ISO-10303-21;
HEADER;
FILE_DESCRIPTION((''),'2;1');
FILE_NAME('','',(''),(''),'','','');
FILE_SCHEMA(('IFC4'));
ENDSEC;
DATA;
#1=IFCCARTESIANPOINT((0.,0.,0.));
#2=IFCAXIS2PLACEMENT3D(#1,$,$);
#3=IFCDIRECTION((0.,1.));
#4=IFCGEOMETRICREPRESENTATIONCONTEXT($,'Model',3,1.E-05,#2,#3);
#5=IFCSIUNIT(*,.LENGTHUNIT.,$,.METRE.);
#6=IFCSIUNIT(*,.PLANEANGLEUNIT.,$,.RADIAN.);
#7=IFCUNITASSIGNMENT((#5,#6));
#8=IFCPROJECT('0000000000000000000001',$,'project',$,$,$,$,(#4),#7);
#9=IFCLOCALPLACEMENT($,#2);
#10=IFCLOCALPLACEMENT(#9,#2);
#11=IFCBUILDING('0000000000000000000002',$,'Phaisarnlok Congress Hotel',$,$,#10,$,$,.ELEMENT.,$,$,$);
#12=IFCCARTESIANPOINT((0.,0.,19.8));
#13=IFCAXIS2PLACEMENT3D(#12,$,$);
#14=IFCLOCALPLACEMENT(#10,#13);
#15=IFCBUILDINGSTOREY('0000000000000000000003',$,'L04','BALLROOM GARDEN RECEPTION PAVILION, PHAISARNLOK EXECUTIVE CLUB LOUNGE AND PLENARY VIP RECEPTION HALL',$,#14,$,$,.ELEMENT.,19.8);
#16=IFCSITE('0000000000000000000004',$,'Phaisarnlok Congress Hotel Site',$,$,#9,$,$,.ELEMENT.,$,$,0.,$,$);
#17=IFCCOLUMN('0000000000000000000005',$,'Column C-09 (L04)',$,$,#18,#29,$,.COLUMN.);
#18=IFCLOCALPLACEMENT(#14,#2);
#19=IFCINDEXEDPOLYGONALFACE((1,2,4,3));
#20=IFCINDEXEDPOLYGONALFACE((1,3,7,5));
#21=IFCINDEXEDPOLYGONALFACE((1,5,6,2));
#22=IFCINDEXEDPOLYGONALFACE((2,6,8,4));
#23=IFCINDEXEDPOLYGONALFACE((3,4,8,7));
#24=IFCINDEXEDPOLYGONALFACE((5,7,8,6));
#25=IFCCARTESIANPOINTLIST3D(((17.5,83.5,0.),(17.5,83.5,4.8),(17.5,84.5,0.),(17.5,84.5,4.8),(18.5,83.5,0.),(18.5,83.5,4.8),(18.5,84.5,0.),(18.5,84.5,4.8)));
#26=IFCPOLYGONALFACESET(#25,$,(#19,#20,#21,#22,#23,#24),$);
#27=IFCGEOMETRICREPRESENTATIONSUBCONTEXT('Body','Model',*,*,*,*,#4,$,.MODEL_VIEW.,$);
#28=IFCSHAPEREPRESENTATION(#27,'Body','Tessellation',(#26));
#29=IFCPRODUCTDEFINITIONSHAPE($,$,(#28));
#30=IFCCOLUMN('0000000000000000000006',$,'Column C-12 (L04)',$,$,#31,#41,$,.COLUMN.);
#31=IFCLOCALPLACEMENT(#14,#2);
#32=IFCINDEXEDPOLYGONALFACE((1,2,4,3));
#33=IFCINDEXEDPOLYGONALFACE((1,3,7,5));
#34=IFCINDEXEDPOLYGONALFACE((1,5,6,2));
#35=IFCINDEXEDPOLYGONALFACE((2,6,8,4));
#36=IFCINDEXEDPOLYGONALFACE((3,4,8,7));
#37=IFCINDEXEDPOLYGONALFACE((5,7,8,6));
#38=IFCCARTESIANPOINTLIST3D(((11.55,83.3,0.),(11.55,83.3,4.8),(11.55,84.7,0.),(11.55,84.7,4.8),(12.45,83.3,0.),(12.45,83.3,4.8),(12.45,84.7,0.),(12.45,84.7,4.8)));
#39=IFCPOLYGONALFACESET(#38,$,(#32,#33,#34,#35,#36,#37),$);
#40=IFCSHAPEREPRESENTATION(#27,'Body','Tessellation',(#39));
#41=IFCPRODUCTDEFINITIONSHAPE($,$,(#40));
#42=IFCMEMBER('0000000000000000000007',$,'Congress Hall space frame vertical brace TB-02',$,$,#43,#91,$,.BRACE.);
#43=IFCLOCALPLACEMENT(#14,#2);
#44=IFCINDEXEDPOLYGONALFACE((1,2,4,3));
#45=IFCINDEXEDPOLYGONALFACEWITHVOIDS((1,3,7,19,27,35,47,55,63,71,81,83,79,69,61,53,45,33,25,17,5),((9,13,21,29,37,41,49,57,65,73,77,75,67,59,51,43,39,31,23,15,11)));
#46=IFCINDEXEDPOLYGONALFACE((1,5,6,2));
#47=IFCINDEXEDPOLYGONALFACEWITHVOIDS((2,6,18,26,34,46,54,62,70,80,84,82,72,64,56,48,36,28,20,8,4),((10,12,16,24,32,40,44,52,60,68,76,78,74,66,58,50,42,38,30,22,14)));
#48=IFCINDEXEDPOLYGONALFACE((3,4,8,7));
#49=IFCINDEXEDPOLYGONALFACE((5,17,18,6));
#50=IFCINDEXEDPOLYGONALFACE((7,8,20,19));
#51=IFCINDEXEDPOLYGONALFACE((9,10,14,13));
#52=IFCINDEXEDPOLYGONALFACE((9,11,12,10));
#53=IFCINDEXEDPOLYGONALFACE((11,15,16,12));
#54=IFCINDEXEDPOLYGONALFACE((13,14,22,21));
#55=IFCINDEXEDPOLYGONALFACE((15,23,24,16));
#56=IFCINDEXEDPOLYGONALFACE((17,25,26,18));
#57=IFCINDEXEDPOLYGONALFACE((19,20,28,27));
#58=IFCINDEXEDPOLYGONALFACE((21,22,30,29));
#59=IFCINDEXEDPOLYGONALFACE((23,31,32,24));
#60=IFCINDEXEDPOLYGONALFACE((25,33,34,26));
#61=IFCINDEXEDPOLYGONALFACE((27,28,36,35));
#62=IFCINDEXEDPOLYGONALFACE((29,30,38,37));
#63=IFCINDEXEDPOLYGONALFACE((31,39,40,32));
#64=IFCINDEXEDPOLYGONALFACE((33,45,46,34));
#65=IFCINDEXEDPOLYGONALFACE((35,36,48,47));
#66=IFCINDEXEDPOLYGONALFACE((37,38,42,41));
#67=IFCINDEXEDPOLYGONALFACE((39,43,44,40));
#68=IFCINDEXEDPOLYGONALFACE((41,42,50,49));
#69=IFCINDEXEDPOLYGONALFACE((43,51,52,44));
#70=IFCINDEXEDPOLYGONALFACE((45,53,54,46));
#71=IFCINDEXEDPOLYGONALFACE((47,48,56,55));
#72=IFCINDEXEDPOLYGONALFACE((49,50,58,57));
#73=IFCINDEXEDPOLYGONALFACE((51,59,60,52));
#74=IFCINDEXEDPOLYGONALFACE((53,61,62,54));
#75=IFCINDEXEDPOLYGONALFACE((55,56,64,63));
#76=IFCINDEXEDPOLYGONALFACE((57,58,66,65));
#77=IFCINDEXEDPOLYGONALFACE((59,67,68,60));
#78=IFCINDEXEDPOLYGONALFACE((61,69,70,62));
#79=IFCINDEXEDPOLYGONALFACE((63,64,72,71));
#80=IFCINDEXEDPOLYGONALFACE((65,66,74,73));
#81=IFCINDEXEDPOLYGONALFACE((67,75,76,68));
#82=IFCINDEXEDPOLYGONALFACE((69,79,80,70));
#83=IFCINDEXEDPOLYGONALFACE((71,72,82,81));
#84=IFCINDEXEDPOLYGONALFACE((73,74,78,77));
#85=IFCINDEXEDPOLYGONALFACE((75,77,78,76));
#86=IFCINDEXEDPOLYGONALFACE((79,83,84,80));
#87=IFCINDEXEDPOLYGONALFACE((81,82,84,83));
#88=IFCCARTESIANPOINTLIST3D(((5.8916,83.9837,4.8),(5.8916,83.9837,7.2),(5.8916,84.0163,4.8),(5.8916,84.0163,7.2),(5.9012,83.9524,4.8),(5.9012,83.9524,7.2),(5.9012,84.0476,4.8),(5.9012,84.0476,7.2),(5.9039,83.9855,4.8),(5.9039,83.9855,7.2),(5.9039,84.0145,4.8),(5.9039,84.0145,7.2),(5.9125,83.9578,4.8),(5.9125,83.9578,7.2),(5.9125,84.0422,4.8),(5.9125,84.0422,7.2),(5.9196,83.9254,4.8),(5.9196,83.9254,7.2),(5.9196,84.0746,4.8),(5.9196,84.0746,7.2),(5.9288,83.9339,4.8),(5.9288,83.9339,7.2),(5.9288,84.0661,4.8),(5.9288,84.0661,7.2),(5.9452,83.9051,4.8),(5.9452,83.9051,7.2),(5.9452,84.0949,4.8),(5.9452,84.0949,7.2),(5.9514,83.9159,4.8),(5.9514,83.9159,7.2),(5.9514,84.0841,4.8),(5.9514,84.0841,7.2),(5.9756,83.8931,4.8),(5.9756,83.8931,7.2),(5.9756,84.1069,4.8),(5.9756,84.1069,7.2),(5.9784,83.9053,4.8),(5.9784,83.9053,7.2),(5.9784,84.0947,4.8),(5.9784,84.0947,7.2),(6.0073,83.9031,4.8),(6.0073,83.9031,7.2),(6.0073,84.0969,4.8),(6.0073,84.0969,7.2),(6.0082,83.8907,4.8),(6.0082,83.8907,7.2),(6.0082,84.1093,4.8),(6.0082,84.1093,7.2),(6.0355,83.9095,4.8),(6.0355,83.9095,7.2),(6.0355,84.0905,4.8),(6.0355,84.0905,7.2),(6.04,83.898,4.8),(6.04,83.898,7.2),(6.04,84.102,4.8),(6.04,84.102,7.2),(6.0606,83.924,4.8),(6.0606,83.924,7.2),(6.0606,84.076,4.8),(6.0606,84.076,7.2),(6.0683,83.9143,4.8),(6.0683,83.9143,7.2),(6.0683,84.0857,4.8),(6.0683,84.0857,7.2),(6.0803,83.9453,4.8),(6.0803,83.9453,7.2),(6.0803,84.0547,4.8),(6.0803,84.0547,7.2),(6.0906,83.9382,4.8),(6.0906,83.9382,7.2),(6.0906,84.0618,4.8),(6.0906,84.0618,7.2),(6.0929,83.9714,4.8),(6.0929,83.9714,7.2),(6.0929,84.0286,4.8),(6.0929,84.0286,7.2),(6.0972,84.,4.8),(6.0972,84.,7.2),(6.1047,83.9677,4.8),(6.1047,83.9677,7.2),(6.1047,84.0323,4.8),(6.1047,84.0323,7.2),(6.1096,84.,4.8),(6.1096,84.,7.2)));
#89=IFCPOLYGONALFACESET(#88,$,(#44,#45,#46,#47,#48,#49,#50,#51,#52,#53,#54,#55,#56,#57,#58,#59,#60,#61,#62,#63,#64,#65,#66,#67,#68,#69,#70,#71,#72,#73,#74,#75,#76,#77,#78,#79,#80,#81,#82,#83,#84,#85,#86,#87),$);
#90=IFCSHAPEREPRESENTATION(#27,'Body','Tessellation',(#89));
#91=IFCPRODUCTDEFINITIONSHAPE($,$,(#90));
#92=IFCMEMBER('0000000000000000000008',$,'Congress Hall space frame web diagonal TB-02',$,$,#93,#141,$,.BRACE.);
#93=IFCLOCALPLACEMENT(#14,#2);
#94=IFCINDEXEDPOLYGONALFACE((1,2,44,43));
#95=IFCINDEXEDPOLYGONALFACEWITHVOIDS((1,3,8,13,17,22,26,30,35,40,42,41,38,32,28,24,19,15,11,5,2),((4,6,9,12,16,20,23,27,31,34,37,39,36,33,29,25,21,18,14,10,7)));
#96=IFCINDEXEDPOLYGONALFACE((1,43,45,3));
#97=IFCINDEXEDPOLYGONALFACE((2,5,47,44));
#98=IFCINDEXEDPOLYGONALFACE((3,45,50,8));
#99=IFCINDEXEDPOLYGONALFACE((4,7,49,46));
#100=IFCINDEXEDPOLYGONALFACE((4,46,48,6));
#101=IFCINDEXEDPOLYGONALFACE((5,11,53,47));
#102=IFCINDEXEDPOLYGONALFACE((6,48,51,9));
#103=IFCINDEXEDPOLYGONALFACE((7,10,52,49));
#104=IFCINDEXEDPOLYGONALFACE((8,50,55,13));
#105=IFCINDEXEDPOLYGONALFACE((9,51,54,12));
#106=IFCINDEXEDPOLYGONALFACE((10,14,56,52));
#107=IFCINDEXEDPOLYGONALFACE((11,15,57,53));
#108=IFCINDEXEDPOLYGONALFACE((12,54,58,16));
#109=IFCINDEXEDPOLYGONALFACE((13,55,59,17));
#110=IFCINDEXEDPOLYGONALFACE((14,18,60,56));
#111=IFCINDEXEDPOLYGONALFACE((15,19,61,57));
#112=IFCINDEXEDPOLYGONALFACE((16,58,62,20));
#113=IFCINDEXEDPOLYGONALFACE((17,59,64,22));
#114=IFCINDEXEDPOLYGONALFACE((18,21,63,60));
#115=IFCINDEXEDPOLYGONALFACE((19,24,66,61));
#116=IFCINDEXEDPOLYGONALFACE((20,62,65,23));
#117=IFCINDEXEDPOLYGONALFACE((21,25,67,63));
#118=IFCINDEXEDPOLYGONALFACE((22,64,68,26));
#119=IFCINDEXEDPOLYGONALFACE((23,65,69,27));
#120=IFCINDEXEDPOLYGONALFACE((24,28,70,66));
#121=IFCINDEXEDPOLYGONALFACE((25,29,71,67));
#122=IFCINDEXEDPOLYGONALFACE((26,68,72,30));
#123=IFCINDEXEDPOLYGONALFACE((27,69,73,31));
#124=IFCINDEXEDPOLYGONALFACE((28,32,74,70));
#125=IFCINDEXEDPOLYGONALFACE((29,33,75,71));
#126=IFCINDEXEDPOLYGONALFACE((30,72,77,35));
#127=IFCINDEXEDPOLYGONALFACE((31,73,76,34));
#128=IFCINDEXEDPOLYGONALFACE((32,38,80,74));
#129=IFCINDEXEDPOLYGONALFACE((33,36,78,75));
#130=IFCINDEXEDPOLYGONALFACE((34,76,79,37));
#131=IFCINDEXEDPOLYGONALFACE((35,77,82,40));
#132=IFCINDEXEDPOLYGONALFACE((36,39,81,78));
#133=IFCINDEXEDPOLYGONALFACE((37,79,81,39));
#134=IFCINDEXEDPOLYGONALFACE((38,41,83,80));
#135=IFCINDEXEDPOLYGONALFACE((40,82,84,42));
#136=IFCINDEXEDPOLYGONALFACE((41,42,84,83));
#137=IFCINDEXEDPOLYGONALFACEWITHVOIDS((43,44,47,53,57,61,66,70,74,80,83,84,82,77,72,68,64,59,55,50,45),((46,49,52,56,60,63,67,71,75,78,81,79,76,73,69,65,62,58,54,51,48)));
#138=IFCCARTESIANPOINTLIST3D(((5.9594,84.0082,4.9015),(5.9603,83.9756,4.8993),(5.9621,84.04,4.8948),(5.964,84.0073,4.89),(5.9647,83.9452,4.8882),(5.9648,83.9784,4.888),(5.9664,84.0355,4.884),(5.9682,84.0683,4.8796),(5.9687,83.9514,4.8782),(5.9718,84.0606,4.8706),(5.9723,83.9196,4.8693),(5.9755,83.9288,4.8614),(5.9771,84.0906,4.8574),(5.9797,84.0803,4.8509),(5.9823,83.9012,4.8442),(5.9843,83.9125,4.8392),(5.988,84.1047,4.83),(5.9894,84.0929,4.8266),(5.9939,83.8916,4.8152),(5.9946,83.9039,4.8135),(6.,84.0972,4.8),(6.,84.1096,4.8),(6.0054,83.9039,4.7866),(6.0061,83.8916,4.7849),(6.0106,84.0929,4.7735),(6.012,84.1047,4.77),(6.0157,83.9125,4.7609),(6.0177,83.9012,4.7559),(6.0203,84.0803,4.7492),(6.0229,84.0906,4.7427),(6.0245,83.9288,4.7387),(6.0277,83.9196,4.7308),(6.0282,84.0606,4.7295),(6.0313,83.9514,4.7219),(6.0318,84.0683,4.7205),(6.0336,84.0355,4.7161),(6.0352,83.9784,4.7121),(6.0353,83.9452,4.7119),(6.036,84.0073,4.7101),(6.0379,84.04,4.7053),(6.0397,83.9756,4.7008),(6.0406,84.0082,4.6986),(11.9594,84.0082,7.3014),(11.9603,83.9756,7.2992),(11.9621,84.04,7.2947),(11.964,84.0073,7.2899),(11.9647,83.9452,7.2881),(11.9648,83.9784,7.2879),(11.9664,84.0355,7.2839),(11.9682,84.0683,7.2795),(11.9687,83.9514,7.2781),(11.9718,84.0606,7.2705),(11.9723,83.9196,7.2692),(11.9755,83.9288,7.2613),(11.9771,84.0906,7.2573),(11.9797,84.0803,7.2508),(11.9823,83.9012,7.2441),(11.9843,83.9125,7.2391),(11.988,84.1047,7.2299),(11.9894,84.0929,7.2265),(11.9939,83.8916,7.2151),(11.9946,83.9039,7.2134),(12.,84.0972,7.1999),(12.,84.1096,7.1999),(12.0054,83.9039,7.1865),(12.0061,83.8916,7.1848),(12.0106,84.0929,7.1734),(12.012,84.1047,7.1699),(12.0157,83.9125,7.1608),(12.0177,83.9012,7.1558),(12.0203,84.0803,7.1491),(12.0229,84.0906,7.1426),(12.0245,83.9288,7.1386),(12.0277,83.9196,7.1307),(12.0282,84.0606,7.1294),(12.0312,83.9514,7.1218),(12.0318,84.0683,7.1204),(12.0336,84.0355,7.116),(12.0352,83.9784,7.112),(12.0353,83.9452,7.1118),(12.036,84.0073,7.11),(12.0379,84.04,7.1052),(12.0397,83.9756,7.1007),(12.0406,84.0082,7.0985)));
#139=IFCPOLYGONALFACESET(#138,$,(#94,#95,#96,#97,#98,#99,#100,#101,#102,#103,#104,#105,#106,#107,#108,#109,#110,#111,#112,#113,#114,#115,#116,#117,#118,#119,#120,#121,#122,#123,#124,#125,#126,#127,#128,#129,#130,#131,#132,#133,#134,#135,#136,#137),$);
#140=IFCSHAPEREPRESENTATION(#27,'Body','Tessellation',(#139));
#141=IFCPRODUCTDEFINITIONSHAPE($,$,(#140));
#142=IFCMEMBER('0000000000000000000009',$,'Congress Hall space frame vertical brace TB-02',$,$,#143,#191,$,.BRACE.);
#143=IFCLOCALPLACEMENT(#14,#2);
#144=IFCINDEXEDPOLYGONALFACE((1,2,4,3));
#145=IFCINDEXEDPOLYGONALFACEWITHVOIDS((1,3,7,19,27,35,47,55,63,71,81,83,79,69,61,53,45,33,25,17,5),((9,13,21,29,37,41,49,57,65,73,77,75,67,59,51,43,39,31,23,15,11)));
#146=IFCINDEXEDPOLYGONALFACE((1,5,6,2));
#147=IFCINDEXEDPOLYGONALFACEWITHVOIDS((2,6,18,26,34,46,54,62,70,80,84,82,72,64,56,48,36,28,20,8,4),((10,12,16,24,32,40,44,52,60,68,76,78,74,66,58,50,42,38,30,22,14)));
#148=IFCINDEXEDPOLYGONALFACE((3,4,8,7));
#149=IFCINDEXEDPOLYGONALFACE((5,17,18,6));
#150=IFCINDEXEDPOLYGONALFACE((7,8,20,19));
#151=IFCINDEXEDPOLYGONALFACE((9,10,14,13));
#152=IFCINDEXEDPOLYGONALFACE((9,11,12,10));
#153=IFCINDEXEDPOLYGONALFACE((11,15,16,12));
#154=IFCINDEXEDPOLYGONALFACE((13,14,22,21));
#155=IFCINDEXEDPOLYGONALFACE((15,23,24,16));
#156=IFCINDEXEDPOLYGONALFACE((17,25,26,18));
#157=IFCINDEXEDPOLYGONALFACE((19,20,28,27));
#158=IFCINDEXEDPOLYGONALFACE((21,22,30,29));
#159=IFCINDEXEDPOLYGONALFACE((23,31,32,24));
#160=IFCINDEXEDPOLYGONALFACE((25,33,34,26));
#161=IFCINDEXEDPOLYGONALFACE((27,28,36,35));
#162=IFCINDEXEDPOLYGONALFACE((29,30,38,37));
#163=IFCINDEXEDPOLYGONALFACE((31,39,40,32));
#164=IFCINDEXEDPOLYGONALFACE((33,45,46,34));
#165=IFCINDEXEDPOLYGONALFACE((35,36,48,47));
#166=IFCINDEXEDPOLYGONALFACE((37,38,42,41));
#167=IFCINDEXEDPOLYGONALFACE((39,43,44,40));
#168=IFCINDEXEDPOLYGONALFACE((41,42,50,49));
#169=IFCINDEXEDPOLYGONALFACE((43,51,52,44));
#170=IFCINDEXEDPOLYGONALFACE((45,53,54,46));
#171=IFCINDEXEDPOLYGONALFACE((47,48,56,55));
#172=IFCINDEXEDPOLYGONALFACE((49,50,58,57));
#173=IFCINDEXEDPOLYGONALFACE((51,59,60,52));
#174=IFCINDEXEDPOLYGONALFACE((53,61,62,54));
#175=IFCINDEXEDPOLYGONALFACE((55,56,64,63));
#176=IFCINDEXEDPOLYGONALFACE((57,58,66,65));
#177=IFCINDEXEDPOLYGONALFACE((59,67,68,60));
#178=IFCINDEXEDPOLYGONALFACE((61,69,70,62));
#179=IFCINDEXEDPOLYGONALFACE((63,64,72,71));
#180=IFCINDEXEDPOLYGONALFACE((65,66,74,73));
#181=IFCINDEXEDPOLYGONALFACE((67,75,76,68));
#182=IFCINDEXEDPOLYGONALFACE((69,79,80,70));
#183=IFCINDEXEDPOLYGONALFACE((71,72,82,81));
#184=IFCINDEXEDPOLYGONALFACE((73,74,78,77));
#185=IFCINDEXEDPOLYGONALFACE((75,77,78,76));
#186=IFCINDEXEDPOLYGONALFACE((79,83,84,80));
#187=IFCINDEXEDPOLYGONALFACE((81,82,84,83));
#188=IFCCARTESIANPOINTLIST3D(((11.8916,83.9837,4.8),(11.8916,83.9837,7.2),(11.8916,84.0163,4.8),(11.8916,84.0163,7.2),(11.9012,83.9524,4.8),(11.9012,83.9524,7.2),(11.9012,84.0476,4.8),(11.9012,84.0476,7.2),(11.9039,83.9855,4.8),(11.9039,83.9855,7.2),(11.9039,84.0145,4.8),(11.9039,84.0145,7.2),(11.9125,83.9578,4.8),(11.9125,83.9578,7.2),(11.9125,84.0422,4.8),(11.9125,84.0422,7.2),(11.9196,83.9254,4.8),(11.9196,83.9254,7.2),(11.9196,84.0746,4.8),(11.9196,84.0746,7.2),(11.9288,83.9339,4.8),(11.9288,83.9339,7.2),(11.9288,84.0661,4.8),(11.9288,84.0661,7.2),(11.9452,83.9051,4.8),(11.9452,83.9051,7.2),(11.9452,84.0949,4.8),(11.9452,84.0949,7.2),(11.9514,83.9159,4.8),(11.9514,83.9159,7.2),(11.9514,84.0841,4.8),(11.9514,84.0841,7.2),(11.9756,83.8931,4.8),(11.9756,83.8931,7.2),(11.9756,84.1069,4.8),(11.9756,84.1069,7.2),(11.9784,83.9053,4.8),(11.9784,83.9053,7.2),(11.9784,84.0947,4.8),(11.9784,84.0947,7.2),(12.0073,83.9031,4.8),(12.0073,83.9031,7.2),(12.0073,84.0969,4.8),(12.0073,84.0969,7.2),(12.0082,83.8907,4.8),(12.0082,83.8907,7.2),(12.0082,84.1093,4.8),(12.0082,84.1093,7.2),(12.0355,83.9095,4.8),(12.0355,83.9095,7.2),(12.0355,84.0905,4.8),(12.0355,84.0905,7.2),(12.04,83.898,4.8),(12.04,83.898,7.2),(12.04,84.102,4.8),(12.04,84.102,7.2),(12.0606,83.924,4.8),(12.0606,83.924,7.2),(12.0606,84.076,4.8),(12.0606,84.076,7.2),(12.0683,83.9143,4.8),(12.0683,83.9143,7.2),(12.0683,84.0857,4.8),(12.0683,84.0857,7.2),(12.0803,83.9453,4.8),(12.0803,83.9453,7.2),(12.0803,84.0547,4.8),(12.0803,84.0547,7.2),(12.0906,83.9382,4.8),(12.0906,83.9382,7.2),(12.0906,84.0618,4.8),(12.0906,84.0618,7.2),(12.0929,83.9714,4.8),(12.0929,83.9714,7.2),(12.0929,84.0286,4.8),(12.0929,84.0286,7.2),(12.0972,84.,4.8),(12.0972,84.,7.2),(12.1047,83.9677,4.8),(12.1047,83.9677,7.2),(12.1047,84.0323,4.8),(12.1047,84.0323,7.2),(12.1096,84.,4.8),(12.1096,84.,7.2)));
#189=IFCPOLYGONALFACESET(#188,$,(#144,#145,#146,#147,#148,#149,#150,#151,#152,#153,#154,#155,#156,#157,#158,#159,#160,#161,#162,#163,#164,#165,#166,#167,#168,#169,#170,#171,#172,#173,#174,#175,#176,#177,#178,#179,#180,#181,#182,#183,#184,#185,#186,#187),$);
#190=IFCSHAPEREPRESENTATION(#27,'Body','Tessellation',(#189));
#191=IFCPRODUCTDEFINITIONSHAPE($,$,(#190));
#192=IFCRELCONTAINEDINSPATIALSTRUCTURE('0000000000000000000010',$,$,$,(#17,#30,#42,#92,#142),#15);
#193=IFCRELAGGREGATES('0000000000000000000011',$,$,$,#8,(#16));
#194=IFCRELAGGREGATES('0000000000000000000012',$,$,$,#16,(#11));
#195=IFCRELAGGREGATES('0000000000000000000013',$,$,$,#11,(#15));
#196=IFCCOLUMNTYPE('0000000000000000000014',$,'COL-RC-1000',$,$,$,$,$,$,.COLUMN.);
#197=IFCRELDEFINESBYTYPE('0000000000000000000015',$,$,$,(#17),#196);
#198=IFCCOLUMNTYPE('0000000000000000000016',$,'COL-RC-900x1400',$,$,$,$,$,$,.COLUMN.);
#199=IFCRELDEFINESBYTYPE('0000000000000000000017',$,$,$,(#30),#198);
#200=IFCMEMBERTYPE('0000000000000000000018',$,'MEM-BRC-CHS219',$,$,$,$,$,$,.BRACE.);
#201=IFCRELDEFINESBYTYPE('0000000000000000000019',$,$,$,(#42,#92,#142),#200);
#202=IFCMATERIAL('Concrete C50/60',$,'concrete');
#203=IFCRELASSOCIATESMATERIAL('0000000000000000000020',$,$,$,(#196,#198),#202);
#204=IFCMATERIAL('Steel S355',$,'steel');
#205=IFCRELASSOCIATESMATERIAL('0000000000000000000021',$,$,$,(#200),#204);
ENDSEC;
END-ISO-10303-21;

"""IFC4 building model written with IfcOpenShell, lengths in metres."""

from ifc_helpers import new_model, si_unit, direction, frame, origin, origin_2d, place, context, subcontext, project, spatial, rectangle, hollow_circle, extrude, material, material_profile, profile_set, type_object, element, save


model = new_model("IFC4")

# Units and contexts
model_context = context("Model", 3, precision=1e-05, world=origin(), true_north=direction((0.0, 1.0)))
body_context = subcontext(model_context, "Body", "Model", "MODEL_VIEW")
ifc_project = project(units=[si_unit("LENGTHUNIT", "METRE"), si_unit("PLANEANGLEUNIT", "RADIAN")], contexts=[model_context])

# Site, building, storey
site_placement = place(None, origin())
site = spatial("IfcSite", under=ifc_project, at=site_placement, Name="Phaisarnlok Congress Hotel Site", CompositionType="ELEMENT", RefElevation=0.0)
building_placement = place(site_placement, origin())
building = spatial("IfcBuilding", under=site, at=building_placement, Name="Phaisarnlok Congress Hotel", CompositionType="ELEMENT")
storey_placement = place(building_placement, frame((0.0, 0.0, 19.8)))
storey = spatial("IfcBuildingStorey", under=building, at=storey_placement, Name="L04", Description="BALLROOM GARDEN RECEPTION PAVILION, PHAISARNLOK EXECUTIVE CLUB LOUNGE AND PLENARY VIP RECEPTION HALL", CompositionType="ELEMENT", Elevation=19.8)

# Columns
ifc_material_1 = material(Name="Concrete C50/60", Category="concrete")
ifc_material_profile_1 = material_profile(ifc_material_1, rectangle(XDim=1.0, YDim=1.0, at=origin_2d()), Name="RC 1000x1000")
ifc_profile_set_1 = profile_set([ifc_material_profile_1], Name="Concrete C50/60")
column_type_1 = type_object("IfcColumnType", Name="COL-RC-1000", PredefinedType="COLUMN", material=ifc_profile_set_1)
column_1_placement = place(storey_placement, frame((18.0, 84.0, 0.0), z_axis=(0.0, 0.0, 1.0), x_axis=(1.0, 0.0, 0.0)))
element("IfcColumn", 1, at=column_1_placement, inside=storey, type_object=column_type_1, Name="Column C-09 (L04)", PredefinedType="COLUMN", context=body_context, shape_type="SweptSolid", body=[
    extrude(rectangle(XDim=1.0, YDim=1.0, at=origin_2d()), origin(), (0.0, 0.0, 1.0), 4.8),
])
ifc_material_profile_2 = material_profile(ifc_material_1, rectangle(XDim=0.8999, YDim=1.3999, at=origin_2d()), Name="RC 900x1400")
ifc_profile_set_2 = profile_set([ifc_material_profile_2], Name="Concrete C50/60")
column_type_2 = type_object("IfcColumnType", Name="COL-RC-900x1400", PredefinedType="COLUMN", material=ifc_profile_set_2)
column_2_placement = place(storey_placement, frame((12.0, 84.0, 0.0), z_axis=(0.0, 0.0, 1.0), x_axis=(1.0, 0.0, 0.0)))
element("IfcColumn", 2, at=column_2_placement, inside=storey, type_object=column_type_2, Name="Column C-12 (L04)", PredefinedType="COLUMN", context=body_context, shape_type="SweptSolid", body=[
    extrude(rectangle(XDim=0.8999, YDim=1.3999, at=origin_2d()), origin(), (0.0, 0.0, 1.0), 4.8),
])

# Members
ifc_material_2 = material(Name="Steel S355", Category="steel")
ifc_material_profile_3 = material_profile(ifc_material_2, hollow_circle(Radius=0.1096, WallThickness=0.0125, at=origin_2d()), Name="CHS 219.1x12.5")
ifc_profile_set_3 = profile_set([ifc_material_profile_3], Name="Steel S355")
member_type_1 = type_object("IfcMemberType", Name="MEM-BRC-CHS219", PredefinedType="BRACE", material=ifc_profile_set_3)
member_1_placement = place(storey_placement, frame((6.0, 84.0, 4.8), z_axis=(0.0, 0.0, 1.0), x_axis=(1.0, 0.0, 0.0)))
element("IfcMember", 3, at=member_1_placement, inside=storey, type_object=member_type_1, Name="Congress Hall space frame vertical brace TB-02", PredefinedType="BRACE", context=body_context, shape_type="SweptSolid", body=[
    extrude(hollow_circle(Radius=0.1096, WallThickness=0.0125, at=origin_2d()), origin(), (0.0, 0.0, 1.0), 2.3999),
])
member_2_placement = place(storey_placement, frame((6.0, 84.0, 4.8), z_axis=(0.928482, 0.0, 0.371378), x_axis=(0.0, 1.0, 0.0)))
element("IfcMember", 4, at=member_2_placement, inside=storey, type_object=member_type_1, Name="Congress Hall space frame web diagonal TB-02", PredefinedType="BRACE", context=body_context, shape_type="SweptSolid", body=[
    extrude(hollow_circle(Radius=0.1096, WallThickness=0.0125, at=origin_2d()), origin(), (0.0, 0.0, 1.0), 6.4622),
])
member_3_placement = place(storey_placement, frame((12.0, 84.0, 4.8), z_axis=(0.0, 0.0, 1.0), x_axis=(1.0, 0.0, 0.0)))
element("IfcMember", 5, at=member_3_placement, inside=storey, type_object=member_type_1, Name="Congress Hall space frame vertical brace TB-02", PredefinedType="BRACE", context=body_context, shape_type="SweptSolid", body=[
    extrude(hollow_circle(Radius=0.1096, WallThickness=0.0125, at=origin_2d()), origin(), (0.0, 0.0, 1.0), 2.3999),
])

save(model, "model.ifc")
